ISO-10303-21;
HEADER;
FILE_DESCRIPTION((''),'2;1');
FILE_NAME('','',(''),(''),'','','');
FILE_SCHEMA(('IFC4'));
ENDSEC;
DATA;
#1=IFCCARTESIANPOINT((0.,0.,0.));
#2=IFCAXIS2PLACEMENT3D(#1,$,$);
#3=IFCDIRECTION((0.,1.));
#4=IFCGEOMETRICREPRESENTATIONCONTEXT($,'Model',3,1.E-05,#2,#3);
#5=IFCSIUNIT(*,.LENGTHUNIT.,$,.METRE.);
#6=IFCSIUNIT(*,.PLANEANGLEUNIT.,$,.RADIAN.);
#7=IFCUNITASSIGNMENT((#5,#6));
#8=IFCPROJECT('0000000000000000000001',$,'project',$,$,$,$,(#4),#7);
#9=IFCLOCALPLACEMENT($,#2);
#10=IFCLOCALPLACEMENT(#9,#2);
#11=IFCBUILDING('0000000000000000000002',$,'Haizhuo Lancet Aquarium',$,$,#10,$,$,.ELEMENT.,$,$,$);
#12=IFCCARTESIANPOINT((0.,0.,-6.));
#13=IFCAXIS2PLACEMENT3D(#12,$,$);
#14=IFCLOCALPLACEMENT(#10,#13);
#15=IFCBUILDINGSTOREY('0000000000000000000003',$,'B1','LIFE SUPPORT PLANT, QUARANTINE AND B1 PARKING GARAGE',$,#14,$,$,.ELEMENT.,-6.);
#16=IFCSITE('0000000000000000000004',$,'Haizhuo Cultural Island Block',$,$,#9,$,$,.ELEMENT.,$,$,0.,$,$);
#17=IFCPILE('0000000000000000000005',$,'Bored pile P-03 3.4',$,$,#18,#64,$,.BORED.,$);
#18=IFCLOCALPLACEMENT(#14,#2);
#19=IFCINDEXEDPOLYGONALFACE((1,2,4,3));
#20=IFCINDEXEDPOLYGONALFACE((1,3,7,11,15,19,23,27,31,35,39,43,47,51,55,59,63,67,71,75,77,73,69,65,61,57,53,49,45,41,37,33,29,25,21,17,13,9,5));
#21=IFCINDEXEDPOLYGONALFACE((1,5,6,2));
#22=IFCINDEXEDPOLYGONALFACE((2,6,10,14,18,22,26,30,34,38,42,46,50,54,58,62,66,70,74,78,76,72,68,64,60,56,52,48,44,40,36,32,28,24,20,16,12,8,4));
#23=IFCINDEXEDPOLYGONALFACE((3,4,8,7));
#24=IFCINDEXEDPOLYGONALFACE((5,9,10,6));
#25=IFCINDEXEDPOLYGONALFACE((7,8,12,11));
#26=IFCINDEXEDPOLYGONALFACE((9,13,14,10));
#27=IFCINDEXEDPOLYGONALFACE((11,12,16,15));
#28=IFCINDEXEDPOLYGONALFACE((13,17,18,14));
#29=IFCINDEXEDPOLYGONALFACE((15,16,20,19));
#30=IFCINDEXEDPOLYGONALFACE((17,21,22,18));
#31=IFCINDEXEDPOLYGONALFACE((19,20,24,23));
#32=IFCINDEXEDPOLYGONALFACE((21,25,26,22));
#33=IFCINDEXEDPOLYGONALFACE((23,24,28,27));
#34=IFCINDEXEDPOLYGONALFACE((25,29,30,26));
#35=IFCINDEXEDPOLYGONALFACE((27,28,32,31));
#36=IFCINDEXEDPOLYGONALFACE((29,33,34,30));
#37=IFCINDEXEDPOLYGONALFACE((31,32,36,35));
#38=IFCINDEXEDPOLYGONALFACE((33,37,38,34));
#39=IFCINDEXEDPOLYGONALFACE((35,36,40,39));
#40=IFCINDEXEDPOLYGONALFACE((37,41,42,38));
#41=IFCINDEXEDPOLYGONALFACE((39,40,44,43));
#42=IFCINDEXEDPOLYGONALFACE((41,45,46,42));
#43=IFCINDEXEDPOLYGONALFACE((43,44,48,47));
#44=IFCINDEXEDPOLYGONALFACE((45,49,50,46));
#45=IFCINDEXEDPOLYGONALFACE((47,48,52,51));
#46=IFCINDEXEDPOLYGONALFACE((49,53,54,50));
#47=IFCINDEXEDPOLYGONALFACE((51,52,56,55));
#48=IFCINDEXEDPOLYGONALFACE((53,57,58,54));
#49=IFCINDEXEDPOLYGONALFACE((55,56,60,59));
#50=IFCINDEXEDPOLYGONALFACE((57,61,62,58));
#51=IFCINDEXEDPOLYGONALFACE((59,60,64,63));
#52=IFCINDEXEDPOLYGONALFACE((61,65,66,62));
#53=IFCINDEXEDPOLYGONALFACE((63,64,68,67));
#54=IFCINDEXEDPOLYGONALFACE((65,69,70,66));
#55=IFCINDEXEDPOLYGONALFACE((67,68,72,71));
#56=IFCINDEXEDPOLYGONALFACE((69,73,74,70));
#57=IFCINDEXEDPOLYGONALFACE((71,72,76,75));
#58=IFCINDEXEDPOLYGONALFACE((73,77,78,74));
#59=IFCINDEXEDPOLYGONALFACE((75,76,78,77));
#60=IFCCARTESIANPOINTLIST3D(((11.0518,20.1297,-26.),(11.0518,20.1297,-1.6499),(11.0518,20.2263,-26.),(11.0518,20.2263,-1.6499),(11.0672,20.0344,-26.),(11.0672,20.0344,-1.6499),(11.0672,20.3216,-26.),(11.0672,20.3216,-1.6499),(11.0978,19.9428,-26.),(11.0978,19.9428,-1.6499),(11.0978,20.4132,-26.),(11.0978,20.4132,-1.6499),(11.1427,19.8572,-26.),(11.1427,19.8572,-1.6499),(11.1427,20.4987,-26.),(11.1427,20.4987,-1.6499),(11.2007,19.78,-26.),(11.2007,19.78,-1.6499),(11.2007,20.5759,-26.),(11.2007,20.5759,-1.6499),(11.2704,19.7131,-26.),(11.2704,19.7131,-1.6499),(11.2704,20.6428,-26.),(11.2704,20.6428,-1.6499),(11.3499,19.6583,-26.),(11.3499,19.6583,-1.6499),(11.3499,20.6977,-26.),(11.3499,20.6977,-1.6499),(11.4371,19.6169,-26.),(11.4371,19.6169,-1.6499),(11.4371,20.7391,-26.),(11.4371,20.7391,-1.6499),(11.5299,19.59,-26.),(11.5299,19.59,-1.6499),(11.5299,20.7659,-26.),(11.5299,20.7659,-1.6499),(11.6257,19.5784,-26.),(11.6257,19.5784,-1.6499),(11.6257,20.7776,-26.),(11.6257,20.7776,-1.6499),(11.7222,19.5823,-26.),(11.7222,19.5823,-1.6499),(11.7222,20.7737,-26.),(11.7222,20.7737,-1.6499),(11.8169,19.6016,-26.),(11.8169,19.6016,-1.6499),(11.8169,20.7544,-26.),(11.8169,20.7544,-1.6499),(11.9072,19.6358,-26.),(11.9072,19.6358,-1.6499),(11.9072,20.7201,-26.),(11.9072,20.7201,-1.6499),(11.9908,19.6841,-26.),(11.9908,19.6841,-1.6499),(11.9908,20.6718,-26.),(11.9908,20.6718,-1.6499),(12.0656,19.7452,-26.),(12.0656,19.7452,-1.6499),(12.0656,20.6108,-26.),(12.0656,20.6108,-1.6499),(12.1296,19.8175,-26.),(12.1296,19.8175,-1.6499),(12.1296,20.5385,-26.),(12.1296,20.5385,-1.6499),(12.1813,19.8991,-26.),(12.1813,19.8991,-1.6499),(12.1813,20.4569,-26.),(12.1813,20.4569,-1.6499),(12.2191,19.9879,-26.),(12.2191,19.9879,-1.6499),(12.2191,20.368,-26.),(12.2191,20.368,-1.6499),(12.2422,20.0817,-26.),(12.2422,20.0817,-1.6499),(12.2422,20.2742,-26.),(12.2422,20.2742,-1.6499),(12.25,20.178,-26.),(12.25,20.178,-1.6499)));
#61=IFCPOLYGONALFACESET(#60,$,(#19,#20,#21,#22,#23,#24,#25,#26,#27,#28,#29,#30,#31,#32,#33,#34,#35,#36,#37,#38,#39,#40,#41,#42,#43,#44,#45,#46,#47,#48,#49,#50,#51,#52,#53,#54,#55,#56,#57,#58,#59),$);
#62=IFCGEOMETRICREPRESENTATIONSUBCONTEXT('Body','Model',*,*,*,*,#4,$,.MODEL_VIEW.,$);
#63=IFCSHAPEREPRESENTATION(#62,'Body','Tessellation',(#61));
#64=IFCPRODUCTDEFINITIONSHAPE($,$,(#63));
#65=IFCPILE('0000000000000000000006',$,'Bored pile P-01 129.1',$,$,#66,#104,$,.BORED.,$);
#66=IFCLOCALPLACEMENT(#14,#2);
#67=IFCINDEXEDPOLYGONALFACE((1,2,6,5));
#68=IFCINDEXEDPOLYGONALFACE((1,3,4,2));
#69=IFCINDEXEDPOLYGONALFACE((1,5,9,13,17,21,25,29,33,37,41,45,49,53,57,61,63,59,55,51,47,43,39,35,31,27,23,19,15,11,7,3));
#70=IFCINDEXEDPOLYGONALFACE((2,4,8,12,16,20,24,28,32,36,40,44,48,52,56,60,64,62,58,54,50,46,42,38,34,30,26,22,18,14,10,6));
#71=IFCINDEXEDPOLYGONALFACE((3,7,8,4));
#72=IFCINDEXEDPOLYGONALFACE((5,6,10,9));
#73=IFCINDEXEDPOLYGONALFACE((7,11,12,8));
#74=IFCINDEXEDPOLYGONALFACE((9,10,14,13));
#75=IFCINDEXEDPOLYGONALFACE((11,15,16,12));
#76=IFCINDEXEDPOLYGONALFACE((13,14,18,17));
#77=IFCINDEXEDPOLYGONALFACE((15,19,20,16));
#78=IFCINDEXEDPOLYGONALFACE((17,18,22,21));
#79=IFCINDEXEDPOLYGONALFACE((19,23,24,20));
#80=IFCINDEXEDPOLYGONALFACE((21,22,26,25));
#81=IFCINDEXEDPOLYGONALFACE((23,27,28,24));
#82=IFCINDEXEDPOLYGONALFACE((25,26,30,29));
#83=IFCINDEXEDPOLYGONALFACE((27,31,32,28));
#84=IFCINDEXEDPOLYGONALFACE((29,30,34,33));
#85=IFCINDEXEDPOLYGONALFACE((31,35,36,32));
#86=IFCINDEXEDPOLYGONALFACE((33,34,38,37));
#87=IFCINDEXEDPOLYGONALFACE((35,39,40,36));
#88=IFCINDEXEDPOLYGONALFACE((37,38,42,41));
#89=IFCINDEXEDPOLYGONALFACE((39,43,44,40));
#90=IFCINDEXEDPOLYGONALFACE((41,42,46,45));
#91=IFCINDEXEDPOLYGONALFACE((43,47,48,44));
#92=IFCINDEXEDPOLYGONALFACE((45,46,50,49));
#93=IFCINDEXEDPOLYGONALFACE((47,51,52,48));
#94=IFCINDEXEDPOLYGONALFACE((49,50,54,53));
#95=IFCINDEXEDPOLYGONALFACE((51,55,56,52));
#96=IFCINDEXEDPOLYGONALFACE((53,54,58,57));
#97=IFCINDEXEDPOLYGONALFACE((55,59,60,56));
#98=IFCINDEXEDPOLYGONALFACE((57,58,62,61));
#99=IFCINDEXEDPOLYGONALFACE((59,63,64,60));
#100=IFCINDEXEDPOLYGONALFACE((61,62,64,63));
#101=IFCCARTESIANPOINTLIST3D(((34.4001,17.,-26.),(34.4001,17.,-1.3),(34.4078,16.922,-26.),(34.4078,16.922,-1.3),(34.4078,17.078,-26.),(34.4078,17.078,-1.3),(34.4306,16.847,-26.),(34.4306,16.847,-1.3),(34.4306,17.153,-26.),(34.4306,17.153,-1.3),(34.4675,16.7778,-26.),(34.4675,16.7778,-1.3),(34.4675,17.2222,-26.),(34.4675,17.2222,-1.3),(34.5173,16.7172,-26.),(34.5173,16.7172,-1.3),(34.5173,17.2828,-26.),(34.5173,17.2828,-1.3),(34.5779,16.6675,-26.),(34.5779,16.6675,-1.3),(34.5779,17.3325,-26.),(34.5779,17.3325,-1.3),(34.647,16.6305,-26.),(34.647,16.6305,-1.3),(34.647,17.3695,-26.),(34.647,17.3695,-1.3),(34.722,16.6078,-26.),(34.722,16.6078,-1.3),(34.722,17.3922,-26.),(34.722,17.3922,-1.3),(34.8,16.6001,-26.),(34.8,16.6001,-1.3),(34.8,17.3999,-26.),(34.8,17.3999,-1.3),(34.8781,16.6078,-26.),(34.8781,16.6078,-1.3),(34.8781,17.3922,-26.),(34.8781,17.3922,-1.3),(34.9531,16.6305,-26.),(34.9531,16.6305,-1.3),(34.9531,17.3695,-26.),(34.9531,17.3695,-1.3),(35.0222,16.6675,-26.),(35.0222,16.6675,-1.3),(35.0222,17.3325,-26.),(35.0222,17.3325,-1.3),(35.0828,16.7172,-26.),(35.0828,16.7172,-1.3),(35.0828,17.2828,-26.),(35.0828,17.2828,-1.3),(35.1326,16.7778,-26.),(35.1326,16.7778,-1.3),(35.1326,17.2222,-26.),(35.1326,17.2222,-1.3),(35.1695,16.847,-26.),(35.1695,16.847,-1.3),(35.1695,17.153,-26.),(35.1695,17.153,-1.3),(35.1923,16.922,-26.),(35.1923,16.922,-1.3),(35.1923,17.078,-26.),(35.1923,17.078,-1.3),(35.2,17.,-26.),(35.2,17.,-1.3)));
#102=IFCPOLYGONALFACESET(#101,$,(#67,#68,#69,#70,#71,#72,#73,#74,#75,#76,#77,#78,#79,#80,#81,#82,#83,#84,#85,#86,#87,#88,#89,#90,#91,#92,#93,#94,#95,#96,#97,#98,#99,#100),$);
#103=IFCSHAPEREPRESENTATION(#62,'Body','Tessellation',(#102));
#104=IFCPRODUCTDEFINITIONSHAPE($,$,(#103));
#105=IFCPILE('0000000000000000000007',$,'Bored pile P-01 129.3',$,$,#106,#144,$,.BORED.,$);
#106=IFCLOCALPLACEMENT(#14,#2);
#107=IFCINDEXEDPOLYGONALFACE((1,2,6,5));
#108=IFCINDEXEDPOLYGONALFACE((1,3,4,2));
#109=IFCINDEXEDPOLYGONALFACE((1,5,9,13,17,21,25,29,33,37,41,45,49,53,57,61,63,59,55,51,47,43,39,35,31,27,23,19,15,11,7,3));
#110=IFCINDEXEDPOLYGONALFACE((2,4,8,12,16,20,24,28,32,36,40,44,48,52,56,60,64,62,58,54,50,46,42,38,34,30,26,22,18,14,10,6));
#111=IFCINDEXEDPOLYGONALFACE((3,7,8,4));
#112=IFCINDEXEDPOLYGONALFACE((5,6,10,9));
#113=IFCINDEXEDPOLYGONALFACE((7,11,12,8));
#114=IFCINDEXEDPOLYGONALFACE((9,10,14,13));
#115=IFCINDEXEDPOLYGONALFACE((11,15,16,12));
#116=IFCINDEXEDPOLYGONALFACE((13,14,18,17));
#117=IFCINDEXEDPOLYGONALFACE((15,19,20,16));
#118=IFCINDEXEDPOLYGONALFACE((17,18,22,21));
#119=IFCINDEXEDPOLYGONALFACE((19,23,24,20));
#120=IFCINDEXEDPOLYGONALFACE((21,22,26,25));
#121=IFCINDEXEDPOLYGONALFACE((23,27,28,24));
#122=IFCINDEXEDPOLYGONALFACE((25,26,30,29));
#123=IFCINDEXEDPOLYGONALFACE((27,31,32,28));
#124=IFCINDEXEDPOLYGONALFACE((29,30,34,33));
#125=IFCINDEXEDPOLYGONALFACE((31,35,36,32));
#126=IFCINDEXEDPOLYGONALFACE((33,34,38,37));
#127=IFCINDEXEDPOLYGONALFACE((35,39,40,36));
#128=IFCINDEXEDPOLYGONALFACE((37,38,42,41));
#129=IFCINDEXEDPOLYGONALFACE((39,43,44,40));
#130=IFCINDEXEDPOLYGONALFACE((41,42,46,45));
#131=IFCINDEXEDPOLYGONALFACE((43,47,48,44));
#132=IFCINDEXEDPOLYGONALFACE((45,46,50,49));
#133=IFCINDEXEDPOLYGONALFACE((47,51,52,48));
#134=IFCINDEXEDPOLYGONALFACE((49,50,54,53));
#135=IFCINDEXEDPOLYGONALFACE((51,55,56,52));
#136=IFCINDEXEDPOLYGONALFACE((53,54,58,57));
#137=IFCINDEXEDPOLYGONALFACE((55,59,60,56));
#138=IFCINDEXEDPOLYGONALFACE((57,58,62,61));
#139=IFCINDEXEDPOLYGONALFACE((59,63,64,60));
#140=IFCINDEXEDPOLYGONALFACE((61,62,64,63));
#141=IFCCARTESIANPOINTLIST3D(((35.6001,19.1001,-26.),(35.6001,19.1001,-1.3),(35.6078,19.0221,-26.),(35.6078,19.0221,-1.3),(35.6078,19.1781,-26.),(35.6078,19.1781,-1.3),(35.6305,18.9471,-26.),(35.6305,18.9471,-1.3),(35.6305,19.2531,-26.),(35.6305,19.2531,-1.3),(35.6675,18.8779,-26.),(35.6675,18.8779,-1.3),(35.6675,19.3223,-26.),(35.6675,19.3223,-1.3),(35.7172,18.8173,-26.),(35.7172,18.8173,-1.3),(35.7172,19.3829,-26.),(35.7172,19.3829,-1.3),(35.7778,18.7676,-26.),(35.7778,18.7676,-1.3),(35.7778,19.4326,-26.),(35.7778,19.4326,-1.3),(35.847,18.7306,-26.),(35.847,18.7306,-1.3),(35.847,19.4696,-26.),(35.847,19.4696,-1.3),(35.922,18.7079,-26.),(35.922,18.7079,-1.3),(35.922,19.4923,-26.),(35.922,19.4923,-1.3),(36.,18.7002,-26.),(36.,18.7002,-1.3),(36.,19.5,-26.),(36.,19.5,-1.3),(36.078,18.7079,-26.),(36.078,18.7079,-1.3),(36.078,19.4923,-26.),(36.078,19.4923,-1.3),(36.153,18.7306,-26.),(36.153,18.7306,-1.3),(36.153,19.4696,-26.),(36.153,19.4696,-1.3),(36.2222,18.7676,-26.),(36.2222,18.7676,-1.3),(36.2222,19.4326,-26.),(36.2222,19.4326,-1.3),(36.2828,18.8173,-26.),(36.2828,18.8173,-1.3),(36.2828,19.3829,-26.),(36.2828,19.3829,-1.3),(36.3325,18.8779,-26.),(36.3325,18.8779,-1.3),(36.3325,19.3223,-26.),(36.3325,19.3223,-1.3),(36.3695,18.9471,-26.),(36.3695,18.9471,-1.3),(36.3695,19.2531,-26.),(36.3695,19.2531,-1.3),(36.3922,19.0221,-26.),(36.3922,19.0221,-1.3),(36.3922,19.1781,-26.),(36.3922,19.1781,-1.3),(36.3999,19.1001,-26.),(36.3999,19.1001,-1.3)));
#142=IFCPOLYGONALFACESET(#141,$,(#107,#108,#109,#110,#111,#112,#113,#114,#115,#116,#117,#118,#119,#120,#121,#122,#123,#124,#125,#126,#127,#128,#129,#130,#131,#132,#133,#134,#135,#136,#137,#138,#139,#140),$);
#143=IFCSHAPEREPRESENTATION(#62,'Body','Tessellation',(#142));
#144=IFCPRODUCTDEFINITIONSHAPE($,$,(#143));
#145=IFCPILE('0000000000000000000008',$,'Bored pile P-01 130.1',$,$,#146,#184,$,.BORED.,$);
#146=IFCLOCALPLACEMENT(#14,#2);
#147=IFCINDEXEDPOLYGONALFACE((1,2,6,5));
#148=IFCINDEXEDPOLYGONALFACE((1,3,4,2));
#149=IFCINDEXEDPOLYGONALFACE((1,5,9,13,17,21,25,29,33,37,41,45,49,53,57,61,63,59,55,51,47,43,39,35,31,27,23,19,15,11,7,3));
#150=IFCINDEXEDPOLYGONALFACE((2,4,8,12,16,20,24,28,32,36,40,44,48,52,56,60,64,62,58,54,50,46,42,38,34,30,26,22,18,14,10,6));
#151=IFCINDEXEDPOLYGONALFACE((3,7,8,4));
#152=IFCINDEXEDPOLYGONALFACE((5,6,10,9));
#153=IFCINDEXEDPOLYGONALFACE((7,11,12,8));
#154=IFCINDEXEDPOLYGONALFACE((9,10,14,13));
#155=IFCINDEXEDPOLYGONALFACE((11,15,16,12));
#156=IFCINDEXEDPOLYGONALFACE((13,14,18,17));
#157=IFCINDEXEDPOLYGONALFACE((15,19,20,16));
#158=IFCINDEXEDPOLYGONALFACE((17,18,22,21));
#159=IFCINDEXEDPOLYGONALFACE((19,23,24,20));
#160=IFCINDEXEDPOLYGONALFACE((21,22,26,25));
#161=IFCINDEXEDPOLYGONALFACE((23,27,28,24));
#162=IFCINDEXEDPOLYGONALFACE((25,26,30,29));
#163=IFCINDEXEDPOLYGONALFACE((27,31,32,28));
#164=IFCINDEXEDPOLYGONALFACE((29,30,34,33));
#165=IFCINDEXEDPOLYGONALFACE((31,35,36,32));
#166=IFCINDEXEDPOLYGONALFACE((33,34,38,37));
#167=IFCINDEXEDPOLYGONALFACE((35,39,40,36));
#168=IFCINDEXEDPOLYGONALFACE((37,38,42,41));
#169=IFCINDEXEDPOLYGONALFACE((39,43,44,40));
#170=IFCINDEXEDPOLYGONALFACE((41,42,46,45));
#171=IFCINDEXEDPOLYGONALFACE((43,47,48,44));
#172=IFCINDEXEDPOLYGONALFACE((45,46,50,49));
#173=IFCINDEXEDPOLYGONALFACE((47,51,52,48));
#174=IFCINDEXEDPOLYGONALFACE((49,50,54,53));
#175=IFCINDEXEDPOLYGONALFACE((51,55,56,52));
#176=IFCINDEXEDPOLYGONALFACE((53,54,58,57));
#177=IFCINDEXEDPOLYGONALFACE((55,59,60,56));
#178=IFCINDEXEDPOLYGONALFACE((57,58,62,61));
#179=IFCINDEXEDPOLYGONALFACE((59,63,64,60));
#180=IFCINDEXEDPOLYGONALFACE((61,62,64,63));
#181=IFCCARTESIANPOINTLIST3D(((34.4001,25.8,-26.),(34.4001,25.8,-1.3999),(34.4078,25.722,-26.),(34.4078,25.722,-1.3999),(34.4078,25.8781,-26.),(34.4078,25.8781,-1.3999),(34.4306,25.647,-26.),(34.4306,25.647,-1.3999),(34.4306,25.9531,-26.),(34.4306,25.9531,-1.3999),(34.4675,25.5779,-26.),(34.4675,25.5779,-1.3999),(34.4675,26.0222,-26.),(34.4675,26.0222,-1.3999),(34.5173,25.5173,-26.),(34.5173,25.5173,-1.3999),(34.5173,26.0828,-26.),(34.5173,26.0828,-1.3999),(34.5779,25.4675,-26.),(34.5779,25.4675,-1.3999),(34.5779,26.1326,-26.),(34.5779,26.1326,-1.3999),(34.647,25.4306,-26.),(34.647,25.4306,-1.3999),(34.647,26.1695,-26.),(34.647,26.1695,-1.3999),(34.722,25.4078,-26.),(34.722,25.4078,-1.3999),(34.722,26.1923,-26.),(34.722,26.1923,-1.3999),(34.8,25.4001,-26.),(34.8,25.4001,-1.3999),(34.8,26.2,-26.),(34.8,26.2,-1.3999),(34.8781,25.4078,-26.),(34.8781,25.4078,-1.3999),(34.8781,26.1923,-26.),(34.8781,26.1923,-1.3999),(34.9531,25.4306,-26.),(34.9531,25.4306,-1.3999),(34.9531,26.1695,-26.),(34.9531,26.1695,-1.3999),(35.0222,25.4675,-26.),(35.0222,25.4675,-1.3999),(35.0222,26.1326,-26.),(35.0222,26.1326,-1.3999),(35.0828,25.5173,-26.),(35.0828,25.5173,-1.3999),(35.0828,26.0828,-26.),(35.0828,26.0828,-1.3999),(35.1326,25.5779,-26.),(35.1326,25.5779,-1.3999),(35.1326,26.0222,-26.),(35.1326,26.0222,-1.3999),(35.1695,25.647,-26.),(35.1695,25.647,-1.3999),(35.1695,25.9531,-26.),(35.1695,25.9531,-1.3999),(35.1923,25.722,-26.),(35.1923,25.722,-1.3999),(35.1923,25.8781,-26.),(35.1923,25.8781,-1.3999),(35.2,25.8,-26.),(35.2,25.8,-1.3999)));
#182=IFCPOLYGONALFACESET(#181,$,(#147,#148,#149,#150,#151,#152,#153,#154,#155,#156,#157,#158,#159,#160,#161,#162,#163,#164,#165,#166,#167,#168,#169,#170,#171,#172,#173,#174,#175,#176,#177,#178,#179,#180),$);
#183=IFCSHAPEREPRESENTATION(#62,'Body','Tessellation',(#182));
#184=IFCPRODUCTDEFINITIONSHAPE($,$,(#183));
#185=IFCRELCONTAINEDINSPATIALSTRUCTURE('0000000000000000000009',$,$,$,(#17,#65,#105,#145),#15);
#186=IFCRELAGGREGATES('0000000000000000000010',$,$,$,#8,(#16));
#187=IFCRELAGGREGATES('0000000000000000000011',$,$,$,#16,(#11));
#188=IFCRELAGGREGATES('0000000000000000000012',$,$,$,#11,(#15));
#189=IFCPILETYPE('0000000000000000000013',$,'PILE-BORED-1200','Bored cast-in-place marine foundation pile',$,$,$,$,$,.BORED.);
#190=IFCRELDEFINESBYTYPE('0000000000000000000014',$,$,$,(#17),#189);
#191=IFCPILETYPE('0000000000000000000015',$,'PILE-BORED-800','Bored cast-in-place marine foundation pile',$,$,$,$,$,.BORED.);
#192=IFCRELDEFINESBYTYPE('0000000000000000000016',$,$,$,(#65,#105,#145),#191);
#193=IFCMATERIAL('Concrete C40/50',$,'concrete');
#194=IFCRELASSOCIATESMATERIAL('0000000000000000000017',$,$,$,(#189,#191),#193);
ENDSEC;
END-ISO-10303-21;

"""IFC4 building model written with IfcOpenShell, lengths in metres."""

from ifc_helpers import new_model, si_unit, direction, frame, origin, origin_2d, place, context, subcontext, project, spatial, circle, extrude, material, material_profile, profile_set, type_object, element, save


model = new_model("IFC4")

# Units and contexts
model_context = context("Model", 3, precision=1e-05, world=origin(), true_north=direction((0.0, 1.0)))
body_context = subcontext(model_context, "Body", "Model", "MODEL_VIEW")
ifc_project = project(units=[si_unit("LENGTHUNIT", "METRE"), si_unit("PLANEANGLEUNIT", "RADIAN")], contexts=[model_context])

# Site, building, storey
site_placement = place(None, origin())
site = spatial("IfcSite", under=ifc_project, at=site_placement, Name="Haizhuo Cultural Island Block", CompositionType="ELEMENT", RefElevation=0.0)
building_placement = place(site_placement, origin())
building = spatial("IfcBuilding", under=site, at=building_placement, Name="Haizhuo Lancet Aquarium", CompositionType="ELEMENT")
storey_placement = place(building_placement, frame((0.0, 0.0, -6.0)))
storey = spatial("IfcBuildingStorey", under=building, at=storey_placement, Name="B1", Description="LIFE SUPPORT PLANT, QUARANTINE AND B1 PARKING GARAGE", CompositionType="ELEMENT", Elevation=-6.0)

# Shared definitions
ifc_material_1 = material(Name="Concrete C40/50", Category="concrete")

# Piles
ifc_material_profile_1 = material_profile(ifc_material_1, circle(Radius=0.6001, at=origin_2d()), Name="PILE-1200")
ifc_profile_set_1 = profile_set([ifc_material_profile_1], Name="Concrete C40/50")
pile_type_1 = type_object("IfcPileType", Name="PILE-BORED-1200", Description="Bored cast-in-place marine foundation pile", PredefinedType="BORED", material=ifc_profile_set_1)
for number, where, z_axis, x_axis, name in (
    (1, (11.6499, 20.178, -1.6499), (0.0, 0.0, -1.0), (1.0, 0.0, 0.0), "Bored pile P-03 3.4"),
):
    element("IfcPile", number, at=place(storey_placement, frame(where, z_axis=z_axis, x_axis=x_axis)), inside=storey, type_object=pile_type_1, Name=name, PredefinedType="BORED", context=body_context, shape_type="SweptSolid", body=[
        extrude(circle(Radius=0.6001, at=origin_2d()), origin(), (0.0, 0.0, 1.0), 24.3501),
    ])
ifc_material_profile_2 = material_profile(ifc_material_1, circle(Radius=0.3999, at=origin_2d()), Name="PILE-800")
ifc_profile_set_2 = profile_set([ifc_material_profile_2], Name="Concrete C40/50")
pile_type_2 = type_object("IfcPileType", Name="PILE-BORED-800", Description="Bored cast-in-place marine foundation pile", PredefinedType="BORED", material=ifc_profile_set_2)
for number, where, z_axis, x_axis, name in (
    (2, (34.8, 17.0, -1.3), (0.0, 0.0, -1.0), (1.0, 0.0, 0.0), "Bored pile P-01 129.1"),
    (3, (36.0, 19.1001, -1.3), (0.0, 0.0, -1.0), (1.0, 0.0, 0.0), "Bored pile P-01 129.3"),
):
    element("IfcPile", number, at=place(storey_placement, frame(where, z_axis=z_axis, x_axis=x_axis)), inside=storey, type_object=pile_type_2, Name=name, PredefinedType="BORED", context=body_context, shape_type="SweptSolid", body=[
        extrude(circle(Radius=0.3999, at=origin_2d()), origin(), (0.0, 0.0, 1.0), 24.7),
    ])
for number, where, z_axis, x_axis, name in (
    (4, (34.8, 25.8, -1.3999), (0.0, 0.0, -1.0), (1.0, 0.0, 0.0), "Bored pile P-01 130.1"),
):
    element("IfcPile", number, at=place(storey_placement, frame(where, z_axis=z_axis, x_axis=x_axis)), inside=storey, type_object=pile_type_2, Name=name, PredefinedType="BORED", context=body_context, shape_type="SweptSolid", body=[
        extrude(circle(Radius=0.3999, at=origin_2d()), origin(), (0.0, 0.0, 1.0), 24.6001),
    ])

save(model, "model.ifc")
